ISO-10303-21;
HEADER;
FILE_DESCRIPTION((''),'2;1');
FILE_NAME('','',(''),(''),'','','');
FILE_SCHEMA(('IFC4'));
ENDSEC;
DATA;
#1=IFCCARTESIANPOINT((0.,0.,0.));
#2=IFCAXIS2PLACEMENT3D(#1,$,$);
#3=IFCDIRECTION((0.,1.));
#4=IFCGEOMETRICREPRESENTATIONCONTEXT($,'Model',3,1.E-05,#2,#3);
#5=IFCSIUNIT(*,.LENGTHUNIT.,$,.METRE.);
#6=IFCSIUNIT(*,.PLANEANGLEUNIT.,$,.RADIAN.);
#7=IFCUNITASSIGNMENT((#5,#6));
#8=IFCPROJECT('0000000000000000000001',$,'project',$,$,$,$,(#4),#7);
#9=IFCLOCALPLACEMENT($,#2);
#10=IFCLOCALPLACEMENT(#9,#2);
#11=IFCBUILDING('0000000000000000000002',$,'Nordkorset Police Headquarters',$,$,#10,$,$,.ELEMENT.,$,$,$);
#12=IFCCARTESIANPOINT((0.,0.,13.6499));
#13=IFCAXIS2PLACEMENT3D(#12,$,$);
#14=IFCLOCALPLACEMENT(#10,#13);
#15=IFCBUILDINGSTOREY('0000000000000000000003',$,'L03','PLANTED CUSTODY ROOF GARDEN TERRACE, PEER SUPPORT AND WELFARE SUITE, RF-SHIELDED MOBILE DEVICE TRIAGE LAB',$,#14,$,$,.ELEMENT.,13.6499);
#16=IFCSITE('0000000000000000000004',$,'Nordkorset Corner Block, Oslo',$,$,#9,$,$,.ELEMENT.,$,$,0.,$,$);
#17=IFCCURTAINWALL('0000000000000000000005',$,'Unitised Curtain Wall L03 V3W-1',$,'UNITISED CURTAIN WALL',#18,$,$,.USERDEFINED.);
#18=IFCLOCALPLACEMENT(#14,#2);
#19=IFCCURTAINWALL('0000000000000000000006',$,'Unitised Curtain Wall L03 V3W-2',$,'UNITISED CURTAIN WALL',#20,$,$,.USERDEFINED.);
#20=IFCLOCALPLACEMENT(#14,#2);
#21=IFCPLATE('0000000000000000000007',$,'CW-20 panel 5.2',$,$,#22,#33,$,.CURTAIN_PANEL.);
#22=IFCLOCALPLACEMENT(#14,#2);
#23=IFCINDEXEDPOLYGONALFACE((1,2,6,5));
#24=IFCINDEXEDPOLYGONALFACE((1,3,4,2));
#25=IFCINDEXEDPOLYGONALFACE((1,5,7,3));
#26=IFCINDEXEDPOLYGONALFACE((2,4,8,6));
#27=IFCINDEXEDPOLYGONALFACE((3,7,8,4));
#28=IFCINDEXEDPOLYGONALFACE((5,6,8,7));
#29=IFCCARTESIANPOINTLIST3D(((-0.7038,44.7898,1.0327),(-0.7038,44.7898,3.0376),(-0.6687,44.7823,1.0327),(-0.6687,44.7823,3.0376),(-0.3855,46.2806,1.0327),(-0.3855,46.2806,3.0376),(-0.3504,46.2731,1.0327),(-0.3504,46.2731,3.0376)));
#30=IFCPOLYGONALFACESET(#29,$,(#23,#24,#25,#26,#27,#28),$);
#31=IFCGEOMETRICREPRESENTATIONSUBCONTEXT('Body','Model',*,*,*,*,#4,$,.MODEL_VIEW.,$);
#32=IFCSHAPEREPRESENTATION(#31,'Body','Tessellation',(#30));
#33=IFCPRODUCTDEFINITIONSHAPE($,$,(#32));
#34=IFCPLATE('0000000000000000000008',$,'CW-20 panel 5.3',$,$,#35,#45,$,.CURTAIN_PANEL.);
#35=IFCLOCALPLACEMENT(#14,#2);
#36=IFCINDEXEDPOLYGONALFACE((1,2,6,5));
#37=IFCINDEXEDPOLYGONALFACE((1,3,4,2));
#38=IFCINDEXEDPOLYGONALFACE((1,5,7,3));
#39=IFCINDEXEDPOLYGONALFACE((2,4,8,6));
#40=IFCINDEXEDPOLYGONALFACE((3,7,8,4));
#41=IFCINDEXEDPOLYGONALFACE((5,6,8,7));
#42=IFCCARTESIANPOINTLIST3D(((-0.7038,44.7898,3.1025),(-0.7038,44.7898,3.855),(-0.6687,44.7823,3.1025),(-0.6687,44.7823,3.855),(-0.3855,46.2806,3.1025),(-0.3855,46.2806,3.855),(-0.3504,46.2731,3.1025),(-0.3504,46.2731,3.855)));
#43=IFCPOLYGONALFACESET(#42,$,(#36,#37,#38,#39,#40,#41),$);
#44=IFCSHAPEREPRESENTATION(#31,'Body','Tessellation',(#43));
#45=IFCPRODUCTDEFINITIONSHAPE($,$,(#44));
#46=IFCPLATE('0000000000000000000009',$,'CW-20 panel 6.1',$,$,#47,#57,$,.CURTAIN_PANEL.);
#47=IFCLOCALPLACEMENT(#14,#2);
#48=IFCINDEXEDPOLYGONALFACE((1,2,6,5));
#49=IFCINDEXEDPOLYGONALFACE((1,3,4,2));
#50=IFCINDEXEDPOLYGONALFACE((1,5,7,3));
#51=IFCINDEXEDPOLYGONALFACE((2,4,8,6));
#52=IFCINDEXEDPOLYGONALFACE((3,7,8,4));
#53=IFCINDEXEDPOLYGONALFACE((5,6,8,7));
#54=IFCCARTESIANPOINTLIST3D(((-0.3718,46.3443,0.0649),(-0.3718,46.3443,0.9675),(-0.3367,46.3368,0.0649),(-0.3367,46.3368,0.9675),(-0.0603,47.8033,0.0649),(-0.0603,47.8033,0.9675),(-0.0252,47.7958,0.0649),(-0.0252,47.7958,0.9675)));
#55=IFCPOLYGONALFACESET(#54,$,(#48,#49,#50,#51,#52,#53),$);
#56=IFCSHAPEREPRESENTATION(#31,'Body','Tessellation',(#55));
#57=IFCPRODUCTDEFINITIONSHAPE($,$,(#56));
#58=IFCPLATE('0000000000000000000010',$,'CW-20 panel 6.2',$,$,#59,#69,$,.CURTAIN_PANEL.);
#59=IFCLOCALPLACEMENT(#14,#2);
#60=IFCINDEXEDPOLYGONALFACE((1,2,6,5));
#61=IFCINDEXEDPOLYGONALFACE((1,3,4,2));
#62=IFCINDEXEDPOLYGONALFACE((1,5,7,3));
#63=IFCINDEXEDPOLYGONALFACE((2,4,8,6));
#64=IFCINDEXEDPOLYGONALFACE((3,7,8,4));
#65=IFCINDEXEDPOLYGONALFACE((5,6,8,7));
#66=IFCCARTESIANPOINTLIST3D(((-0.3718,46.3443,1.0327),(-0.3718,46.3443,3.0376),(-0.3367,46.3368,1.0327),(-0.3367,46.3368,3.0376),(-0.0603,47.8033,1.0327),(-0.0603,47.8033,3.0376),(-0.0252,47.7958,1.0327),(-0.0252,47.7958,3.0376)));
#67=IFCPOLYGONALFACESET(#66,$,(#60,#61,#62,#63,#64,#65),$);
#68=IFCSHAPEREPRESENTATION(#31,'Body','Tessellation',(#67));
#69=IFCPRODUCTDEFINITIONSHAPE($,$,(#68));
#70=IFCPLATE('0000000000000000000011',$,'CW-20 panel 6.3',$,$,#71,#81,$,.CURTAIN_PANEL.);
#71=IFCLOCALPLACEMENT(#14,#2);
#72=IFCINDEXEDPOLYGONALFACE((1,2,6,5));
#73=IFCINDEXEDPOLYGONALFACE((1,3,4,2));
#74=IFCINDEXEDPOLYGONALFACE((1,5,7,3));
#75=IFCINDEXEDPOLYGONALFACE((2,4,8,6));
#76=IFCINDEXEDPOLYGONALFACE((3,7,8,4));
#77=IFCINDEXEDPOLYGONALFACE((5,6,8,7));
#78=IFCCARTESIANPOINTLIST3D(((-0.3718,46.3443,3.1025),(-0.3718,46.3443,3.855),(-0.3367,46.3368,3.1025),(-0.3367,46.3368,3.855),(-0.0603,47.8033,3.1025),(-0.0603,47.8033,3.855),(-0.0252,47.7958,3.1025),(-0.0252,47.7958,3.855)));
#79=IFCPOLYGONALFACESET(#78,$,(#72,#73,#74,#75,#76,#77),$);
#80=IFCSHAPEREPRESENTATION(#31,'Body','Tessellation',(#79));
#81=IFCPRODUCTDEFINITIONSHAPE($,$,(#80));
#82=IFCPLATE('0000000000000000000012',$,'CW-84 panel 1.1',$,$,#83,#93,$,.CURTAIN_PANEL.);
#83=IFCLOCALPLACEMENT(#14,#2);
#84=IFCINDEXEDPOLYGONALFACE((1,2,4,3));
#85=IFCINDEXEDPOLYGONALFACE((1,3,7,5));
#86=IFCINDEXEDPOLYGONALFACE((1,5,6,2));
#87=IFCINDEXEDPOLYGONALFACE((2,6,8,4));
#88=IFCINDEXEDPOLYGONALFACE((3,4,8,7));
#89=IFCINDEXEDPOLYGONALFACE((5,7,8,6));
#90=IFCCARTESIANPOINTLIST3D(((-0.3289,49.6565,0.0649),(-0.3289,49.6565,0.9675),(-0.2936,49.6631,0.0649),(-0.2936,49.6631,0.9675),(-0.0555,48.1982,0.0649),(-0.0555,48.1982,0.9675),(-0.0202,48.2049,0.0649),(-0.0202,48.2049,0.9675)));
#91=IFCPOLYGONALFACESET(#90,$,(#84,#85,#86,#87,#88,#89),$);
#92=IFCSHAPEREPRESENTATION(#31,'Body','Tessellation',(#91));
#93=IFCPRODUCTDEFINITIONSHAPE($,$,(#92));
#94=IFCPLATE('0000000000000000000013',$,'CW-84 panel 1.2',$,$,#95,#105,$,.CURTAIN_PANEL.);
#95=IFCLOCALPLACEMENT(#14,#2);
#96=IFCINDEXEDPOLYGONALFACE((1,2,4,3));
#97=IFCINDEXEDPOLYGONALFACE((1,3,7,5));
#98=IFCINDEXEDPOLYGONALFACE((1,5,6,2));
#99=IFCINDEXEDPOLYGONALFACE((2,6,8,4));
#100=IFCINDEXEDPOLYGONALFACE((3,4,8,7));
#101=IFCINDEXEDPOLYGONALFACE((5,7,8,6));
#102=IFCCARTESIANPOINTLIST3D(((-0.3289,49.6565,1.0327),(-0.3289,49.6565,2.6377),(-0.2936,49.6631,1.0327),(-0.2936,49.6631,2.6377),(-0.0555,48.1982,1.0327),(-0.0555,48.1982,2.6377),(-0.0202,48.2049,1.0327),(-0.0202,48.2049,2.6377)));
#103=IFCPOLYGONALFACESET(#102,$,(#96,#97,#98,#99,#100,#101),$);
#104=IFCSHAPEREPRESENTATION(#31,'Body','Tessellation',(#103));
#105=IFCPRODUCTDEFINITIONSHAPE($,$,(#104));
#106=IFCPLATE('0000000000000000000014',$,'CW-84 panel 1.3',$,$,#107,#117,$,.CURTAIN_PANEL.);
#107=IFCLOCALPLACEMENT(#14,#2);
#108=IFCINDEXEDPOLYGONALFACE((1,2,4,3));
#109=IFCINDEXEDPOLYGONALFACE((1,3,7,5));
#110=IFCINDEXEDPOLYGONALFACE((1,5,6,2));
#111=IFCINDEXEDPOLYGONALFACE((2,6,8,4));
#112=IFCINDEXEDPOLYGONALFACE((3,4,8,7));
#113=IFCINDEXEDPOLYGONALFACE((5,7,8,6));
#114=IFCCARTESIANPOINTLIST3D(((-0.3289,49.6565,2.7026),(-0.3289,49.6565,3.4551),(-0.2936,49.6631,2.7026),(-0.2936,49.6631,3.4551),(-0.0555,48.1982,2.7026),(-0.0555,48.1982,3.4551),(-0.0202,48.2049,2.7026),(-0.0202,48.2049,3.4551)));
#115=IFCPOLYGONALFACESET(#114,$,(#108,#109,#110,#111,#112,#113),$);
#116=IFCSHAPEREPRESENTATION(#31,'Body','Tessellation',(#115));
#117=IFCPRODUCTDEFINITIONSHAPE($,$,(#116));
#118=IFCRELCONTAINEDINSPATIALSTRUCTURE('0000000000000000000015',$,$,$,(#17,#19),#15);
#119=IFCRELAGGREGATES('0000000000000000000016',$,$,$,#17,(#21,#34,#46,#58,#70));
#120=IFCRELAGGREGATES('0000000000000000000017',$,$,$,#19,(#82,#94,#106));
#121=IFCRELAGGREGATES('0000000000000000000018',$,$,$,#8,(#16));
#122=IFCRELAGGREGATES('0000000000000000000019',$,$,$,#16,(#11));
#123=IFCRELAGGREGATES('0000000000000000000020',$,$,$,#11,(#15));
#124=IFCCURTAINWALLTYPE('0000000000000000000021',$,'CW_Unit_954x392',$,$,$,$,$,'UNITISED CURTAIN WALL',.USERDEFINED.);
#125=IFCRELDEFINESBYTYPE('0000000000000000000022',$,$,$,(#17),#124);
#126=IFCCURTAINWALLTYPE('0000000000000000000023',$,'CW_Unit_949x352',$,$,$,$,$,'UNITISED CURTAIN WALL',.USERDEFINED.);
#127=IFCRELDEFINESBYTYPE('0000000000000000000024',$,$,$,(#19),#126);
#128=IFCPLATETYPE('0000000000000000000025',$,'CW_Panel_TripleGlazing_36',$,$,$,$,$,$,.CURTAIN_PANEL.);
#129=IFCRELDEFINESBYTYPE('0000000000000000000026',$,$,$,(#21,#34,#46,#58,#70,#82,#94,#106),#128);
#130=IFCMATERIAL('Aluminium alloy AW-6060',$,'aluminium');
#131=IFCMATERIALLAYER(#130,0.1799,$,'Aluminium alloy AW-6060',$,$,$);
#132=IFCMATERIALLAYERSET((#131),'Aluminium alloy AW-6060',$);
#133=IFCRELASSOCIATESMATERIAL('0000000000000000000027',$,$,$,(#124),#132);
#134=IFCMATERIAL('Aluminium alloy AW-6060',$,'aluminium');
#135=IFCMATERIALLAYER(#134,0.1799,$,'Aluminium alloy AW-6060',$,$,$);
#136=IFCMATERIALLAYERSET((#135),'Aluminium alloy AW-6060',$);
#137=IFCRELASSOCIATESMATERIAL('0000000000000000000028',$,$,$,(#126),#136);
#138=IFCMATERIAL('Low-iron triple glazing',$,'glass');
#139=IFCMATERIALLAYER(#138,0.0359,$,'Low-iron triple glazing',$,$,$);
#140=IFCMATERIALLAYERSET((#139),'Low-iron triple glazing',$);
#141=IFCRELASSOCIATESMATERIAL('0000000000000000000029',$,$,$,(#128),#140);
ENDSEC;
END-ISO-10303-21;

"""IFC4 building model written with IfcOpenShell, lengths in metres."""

from ifc_helpers import new_model, si_unit, direction, frame, origin, origin_2d, place, context, subcontext, project, spatial, rectangle, extrude, material, layer, layer_set, type_object, element, aggregate, save


model = new_model("IFC4")

# Units and contexts
model_context = context("Model", 3, precision=1e-05, world=origin(), true_north=direction((0.0, 1.0)))
body_context = subcontext(model_context, "Body", "Model", "MODEL_VIEW")
ifc_project = project(units=[si_unit("LENGTHUNIT", "METRE"), si_unit("PLANEANGLEUNIT", "RADIAN")], contexts=[model_context])

# Site, building, storey
site_placement = place(None, origin())
site = spatial("IfcSite", under=ifc_project, at=site_placement, Name="Nordkorset Corner Block, Oslo", CompositionType="ELEMENT", RefElevation=0.0)
building_placement = place(site_placement, origin())
building = spatial("IfcBuilding", under=site, at=building_placement, Name="Nordkorset Police Headquarters", CompositionType="ELEMENT")
storey_placement = place(building_placement, frame((0.0, 0.0, 13.6499)))
storey = spatial("IfcBuildingStorey", under=building, at=storey_placement, Name="L03", Description="PLANTED CUSTODY ROOF GARDEN TERRACE, PEER SUPPORT AND WELFARE SUITE, RF-SHIELDED MOBILE DEVICE TRIAGE LAB", CompositionType="ELEMENT", Elevation=13.6499)

# Curtain wall
ifc_material_1 = material(Name="Aluminium alloy AW-6060", Category="aluminium")
ifc_layer_1 = layer(ifc_material_1, 0.1799, Name="Aluminium alloy AW-6060")
ifc_layer_set_1 = layer_set([ifc_layer_1], Name="Aluminium alloy AW-6060")
curtain_wall_type_1 = type_object("IfcCurtainWallType", Name="CW_Unit_954x392", ElementType="UNITISED CURTAIN WALL", PredefinedType="USERDEFINED", material=ifc_layer_set_1)
curtain_wall_1_placement = place(storey_placement, origin())
curtain_wall_1 = element("IfcCurtainWall", 1, at=curtain_wall_1_placement, inside=storey, type_object=curtain_wall_type_1, Name="Unitised Curtain Wall L03 V3W-1", ObjectType="UNITISED CURTAIN WALL", PredefinedType="USERDEFINED")

# Curtain wall
ifc_material_2 = material(Name="Aluminium alloy AW-6060", Category="aluminium")
ifc_layer_2 = layer(ifc_material_2, 0.1799, Name="Aluminium alloy AW-6060")
ifc_layer_set_2 = layer_set([ifc_layer_2], Name="Aluminium alloy AW-6060")
curtain_wall_type_2 = type_object("IfcCurtainWallType", Name="CW_Unit_949x352", ElementType="UNITISED CURTAIN WALL", PredefinedType="USERDEFINED", material=ifc_layer_set_2)
curtain_wall_2_placement = place(storey_placement, origin())
curtain_wall_2 = element("IfcCurtainWall", 2, at=curtain_wall_2_placement, inside=storey, type_object=curtain_wall_type_2, Name="Unitised Curtain Wall L03 V3W-2", ObjectType="UNITISED CURTAIN WALL", PredefinedType="USERDEFINED")

# Plates
ifc_material_3 = material(Name="Low-iron triple glazing", Category="glass")
ifc_layer_3 = layer(ifc_material_3, 0.0359, Name="Low-iron triple glazing")
ifc_layer_set_3 = layer_set([ifc_layer_3], Name="Low-iron triple glazing")
plate_type = type_object("IfcPlateType", Name="CW_Panel_TripleGlazing_36", PredefinedType="CURTAIN_PANEL", material=ifc_layer_set_3)
plate_1_placement = place(storey_placement, frame((-0.5271, 45.5315, 1.0327), z_axis=(0.0, 0.0, 1.0), x_axis=(0.208833, 0.977951, 0.0)))
plate_1 = element("IfcPlate", 3, at=plate_1_placement, type_object=plate_type, Name="CW-20 panel 5.2", PredefinedType="CURTAIN_PANEL", context=body_context, shape_type="SweptSolid", body=[
    extrude(rectangle(XDim=1.5244, YDim=0.0359, at=origin_2d()), origin(), (0.0, 0.0, 1.0), 2.0049),
])
plate_2_placement = place(storey_placement, frame((-0.5271, 45.5315, 3.1025), z_axis=(0.0, 0.0, 1.0), x_axis=(0.208833, 0.977951, 0.0)))
plate_2 = element("IfcPlate", 4, at=plate_2_placement, type_object=plate_type, Name="CW-20 panel 5.3", PredefinedType="CURTAIN_PANEL", context=body_context, shape_type="SweptSolid", body=[
    extrude(rectangle(XDim=1.5244, YDim=0.0359, at=origin_2d()), origin(), (0.0, 0.0, 1.0), 0.7524),
])
plate_3_placement = place(storey_placement, frame((-0.1985, 47.0701, 0.0649), z_axis=(0.0, 0.0, 1.0), x_axis=(0.208833, 0.977951, 0.0)))
plate_3 = element("IfcPlate", 5, at=plate_3_placement, type_object=plate_type, Name="CW-20 panel 6.1", PredefinedType="CURTAIN_PANEL", context=body_context, shape_type="SweptSolid", body=[
    extrude(rectangle(XDim=1.4919, YDim=0.0359, at=origin_2d()), origin(), (0.0, 0.0, 1.0), 0.9026),
])
plate_4_placement = place(storey_placement, frame((-0.1985, 47.0701, 1.0327), z_axis=(0.0, 0.0, 1.0), x_axis=(0.208833, 0.977951, 0.0)))
plate_4 = element("IfcPlate", 6, at=plate_4_placement, type_object=plate_type, Name="CW-20 panel 6.2", PredefinedType="CURTAIN_PANEL", context=body_context, shape_type="SweptSolid", body=[
    extrude(rectangle(XDim=1.4919, YDim=0.0359, at=origin_2d()), origin(), (0.0, 0.0, 1.0), 2.0049),
])
plate_5_placement = place(storey_placement, frame((-0.1985, 47.0701, 3.1025), z_axis=(0.0, 0.0, 1.0), x_axis=(0.208833, 0.977951, 0.0)))
plate_5 = element("IfcPlate", 7, at=plate_5_placement, type_object=plate_type, Name="CW-20 panel 6.3", PredefinedType="CURTAIN_PANEL", context=body_context, shape_type="SweptSolid", body=[
    extrude(rectangle(XDim=1.4919, YDim=0.0359, at=origin_2d()), origin(), (0.0, 0.0, 1.0), 0.7524),
])
aggregate(curtain_wall_1, [plate_1, plate_2, plate_3, plate_4, plate_5])
plate_6_placement = place(storey_placement, frame((-0.1746, 48.9307, 0.0649), z_axis=(0.0, 0.0, 1.0), x_axis=(-0.184289, 0.982872, 0.0)))
plate_6 = element("IfcPlate", 8, at=plate_6_placement, type_object=plate_type, Name="CW-84 panel 1.1", PredefinedType="CURTAIN_PANEL", context=body_context, shape_type="SweptSolid", body=[
    extrude(rectangle(XDim=1.4836, YDim=0.0359, at=origin_2d()), origin(), (0.0, 0.0, 1.0), 0.9026),
])
plate_7_placement = place(storey_placement, frame((-0.1746, 48.9307, 1.0327), z_axis=(0.0, 0.0, 1.0), x_axis=(-0.184289, 0.982872, 0.0)))
plate_7 = element("IfcPlate", 9, at=plate_7_placement, type_object=plate_type, Name="CW-84 panel 1.2", PredefinedType="CURTAIN_PANEL", context=body_context, shape_type="SweptSolid", body=[
    extrude(rectangle(XDim=1.4836, YDim=0.0359, at=origin_2d()), origin(), (0.0, 0.0, 1.0), 1.605),
])
plate_8_placement = place(storey_placement, frame((-0.1746, 48.9307, 2.7026), z_axis=(0.0, 0.0, 1.0), x_axis=(-0.184289, 0.982872, 0.0)))
plate_8 = element("IfcPlate", 10, at=plate_8_placement, type_object=plate_type, Name="CW-84 panel 1.3", PredefinedType="CURTAIN_PANEL", context=body_context, shape_type="SweptSolid", body=[
    extrude(rectangle(XDim=1.4836, YDim=0.0359, at=origin_2d()), origin(), (0.0, 0.0, 1.0), 0.7524),
])
aggregate(curtain_wall_2, [plate_6, plate_7, plate_8])

save(model, "model.ifc")
